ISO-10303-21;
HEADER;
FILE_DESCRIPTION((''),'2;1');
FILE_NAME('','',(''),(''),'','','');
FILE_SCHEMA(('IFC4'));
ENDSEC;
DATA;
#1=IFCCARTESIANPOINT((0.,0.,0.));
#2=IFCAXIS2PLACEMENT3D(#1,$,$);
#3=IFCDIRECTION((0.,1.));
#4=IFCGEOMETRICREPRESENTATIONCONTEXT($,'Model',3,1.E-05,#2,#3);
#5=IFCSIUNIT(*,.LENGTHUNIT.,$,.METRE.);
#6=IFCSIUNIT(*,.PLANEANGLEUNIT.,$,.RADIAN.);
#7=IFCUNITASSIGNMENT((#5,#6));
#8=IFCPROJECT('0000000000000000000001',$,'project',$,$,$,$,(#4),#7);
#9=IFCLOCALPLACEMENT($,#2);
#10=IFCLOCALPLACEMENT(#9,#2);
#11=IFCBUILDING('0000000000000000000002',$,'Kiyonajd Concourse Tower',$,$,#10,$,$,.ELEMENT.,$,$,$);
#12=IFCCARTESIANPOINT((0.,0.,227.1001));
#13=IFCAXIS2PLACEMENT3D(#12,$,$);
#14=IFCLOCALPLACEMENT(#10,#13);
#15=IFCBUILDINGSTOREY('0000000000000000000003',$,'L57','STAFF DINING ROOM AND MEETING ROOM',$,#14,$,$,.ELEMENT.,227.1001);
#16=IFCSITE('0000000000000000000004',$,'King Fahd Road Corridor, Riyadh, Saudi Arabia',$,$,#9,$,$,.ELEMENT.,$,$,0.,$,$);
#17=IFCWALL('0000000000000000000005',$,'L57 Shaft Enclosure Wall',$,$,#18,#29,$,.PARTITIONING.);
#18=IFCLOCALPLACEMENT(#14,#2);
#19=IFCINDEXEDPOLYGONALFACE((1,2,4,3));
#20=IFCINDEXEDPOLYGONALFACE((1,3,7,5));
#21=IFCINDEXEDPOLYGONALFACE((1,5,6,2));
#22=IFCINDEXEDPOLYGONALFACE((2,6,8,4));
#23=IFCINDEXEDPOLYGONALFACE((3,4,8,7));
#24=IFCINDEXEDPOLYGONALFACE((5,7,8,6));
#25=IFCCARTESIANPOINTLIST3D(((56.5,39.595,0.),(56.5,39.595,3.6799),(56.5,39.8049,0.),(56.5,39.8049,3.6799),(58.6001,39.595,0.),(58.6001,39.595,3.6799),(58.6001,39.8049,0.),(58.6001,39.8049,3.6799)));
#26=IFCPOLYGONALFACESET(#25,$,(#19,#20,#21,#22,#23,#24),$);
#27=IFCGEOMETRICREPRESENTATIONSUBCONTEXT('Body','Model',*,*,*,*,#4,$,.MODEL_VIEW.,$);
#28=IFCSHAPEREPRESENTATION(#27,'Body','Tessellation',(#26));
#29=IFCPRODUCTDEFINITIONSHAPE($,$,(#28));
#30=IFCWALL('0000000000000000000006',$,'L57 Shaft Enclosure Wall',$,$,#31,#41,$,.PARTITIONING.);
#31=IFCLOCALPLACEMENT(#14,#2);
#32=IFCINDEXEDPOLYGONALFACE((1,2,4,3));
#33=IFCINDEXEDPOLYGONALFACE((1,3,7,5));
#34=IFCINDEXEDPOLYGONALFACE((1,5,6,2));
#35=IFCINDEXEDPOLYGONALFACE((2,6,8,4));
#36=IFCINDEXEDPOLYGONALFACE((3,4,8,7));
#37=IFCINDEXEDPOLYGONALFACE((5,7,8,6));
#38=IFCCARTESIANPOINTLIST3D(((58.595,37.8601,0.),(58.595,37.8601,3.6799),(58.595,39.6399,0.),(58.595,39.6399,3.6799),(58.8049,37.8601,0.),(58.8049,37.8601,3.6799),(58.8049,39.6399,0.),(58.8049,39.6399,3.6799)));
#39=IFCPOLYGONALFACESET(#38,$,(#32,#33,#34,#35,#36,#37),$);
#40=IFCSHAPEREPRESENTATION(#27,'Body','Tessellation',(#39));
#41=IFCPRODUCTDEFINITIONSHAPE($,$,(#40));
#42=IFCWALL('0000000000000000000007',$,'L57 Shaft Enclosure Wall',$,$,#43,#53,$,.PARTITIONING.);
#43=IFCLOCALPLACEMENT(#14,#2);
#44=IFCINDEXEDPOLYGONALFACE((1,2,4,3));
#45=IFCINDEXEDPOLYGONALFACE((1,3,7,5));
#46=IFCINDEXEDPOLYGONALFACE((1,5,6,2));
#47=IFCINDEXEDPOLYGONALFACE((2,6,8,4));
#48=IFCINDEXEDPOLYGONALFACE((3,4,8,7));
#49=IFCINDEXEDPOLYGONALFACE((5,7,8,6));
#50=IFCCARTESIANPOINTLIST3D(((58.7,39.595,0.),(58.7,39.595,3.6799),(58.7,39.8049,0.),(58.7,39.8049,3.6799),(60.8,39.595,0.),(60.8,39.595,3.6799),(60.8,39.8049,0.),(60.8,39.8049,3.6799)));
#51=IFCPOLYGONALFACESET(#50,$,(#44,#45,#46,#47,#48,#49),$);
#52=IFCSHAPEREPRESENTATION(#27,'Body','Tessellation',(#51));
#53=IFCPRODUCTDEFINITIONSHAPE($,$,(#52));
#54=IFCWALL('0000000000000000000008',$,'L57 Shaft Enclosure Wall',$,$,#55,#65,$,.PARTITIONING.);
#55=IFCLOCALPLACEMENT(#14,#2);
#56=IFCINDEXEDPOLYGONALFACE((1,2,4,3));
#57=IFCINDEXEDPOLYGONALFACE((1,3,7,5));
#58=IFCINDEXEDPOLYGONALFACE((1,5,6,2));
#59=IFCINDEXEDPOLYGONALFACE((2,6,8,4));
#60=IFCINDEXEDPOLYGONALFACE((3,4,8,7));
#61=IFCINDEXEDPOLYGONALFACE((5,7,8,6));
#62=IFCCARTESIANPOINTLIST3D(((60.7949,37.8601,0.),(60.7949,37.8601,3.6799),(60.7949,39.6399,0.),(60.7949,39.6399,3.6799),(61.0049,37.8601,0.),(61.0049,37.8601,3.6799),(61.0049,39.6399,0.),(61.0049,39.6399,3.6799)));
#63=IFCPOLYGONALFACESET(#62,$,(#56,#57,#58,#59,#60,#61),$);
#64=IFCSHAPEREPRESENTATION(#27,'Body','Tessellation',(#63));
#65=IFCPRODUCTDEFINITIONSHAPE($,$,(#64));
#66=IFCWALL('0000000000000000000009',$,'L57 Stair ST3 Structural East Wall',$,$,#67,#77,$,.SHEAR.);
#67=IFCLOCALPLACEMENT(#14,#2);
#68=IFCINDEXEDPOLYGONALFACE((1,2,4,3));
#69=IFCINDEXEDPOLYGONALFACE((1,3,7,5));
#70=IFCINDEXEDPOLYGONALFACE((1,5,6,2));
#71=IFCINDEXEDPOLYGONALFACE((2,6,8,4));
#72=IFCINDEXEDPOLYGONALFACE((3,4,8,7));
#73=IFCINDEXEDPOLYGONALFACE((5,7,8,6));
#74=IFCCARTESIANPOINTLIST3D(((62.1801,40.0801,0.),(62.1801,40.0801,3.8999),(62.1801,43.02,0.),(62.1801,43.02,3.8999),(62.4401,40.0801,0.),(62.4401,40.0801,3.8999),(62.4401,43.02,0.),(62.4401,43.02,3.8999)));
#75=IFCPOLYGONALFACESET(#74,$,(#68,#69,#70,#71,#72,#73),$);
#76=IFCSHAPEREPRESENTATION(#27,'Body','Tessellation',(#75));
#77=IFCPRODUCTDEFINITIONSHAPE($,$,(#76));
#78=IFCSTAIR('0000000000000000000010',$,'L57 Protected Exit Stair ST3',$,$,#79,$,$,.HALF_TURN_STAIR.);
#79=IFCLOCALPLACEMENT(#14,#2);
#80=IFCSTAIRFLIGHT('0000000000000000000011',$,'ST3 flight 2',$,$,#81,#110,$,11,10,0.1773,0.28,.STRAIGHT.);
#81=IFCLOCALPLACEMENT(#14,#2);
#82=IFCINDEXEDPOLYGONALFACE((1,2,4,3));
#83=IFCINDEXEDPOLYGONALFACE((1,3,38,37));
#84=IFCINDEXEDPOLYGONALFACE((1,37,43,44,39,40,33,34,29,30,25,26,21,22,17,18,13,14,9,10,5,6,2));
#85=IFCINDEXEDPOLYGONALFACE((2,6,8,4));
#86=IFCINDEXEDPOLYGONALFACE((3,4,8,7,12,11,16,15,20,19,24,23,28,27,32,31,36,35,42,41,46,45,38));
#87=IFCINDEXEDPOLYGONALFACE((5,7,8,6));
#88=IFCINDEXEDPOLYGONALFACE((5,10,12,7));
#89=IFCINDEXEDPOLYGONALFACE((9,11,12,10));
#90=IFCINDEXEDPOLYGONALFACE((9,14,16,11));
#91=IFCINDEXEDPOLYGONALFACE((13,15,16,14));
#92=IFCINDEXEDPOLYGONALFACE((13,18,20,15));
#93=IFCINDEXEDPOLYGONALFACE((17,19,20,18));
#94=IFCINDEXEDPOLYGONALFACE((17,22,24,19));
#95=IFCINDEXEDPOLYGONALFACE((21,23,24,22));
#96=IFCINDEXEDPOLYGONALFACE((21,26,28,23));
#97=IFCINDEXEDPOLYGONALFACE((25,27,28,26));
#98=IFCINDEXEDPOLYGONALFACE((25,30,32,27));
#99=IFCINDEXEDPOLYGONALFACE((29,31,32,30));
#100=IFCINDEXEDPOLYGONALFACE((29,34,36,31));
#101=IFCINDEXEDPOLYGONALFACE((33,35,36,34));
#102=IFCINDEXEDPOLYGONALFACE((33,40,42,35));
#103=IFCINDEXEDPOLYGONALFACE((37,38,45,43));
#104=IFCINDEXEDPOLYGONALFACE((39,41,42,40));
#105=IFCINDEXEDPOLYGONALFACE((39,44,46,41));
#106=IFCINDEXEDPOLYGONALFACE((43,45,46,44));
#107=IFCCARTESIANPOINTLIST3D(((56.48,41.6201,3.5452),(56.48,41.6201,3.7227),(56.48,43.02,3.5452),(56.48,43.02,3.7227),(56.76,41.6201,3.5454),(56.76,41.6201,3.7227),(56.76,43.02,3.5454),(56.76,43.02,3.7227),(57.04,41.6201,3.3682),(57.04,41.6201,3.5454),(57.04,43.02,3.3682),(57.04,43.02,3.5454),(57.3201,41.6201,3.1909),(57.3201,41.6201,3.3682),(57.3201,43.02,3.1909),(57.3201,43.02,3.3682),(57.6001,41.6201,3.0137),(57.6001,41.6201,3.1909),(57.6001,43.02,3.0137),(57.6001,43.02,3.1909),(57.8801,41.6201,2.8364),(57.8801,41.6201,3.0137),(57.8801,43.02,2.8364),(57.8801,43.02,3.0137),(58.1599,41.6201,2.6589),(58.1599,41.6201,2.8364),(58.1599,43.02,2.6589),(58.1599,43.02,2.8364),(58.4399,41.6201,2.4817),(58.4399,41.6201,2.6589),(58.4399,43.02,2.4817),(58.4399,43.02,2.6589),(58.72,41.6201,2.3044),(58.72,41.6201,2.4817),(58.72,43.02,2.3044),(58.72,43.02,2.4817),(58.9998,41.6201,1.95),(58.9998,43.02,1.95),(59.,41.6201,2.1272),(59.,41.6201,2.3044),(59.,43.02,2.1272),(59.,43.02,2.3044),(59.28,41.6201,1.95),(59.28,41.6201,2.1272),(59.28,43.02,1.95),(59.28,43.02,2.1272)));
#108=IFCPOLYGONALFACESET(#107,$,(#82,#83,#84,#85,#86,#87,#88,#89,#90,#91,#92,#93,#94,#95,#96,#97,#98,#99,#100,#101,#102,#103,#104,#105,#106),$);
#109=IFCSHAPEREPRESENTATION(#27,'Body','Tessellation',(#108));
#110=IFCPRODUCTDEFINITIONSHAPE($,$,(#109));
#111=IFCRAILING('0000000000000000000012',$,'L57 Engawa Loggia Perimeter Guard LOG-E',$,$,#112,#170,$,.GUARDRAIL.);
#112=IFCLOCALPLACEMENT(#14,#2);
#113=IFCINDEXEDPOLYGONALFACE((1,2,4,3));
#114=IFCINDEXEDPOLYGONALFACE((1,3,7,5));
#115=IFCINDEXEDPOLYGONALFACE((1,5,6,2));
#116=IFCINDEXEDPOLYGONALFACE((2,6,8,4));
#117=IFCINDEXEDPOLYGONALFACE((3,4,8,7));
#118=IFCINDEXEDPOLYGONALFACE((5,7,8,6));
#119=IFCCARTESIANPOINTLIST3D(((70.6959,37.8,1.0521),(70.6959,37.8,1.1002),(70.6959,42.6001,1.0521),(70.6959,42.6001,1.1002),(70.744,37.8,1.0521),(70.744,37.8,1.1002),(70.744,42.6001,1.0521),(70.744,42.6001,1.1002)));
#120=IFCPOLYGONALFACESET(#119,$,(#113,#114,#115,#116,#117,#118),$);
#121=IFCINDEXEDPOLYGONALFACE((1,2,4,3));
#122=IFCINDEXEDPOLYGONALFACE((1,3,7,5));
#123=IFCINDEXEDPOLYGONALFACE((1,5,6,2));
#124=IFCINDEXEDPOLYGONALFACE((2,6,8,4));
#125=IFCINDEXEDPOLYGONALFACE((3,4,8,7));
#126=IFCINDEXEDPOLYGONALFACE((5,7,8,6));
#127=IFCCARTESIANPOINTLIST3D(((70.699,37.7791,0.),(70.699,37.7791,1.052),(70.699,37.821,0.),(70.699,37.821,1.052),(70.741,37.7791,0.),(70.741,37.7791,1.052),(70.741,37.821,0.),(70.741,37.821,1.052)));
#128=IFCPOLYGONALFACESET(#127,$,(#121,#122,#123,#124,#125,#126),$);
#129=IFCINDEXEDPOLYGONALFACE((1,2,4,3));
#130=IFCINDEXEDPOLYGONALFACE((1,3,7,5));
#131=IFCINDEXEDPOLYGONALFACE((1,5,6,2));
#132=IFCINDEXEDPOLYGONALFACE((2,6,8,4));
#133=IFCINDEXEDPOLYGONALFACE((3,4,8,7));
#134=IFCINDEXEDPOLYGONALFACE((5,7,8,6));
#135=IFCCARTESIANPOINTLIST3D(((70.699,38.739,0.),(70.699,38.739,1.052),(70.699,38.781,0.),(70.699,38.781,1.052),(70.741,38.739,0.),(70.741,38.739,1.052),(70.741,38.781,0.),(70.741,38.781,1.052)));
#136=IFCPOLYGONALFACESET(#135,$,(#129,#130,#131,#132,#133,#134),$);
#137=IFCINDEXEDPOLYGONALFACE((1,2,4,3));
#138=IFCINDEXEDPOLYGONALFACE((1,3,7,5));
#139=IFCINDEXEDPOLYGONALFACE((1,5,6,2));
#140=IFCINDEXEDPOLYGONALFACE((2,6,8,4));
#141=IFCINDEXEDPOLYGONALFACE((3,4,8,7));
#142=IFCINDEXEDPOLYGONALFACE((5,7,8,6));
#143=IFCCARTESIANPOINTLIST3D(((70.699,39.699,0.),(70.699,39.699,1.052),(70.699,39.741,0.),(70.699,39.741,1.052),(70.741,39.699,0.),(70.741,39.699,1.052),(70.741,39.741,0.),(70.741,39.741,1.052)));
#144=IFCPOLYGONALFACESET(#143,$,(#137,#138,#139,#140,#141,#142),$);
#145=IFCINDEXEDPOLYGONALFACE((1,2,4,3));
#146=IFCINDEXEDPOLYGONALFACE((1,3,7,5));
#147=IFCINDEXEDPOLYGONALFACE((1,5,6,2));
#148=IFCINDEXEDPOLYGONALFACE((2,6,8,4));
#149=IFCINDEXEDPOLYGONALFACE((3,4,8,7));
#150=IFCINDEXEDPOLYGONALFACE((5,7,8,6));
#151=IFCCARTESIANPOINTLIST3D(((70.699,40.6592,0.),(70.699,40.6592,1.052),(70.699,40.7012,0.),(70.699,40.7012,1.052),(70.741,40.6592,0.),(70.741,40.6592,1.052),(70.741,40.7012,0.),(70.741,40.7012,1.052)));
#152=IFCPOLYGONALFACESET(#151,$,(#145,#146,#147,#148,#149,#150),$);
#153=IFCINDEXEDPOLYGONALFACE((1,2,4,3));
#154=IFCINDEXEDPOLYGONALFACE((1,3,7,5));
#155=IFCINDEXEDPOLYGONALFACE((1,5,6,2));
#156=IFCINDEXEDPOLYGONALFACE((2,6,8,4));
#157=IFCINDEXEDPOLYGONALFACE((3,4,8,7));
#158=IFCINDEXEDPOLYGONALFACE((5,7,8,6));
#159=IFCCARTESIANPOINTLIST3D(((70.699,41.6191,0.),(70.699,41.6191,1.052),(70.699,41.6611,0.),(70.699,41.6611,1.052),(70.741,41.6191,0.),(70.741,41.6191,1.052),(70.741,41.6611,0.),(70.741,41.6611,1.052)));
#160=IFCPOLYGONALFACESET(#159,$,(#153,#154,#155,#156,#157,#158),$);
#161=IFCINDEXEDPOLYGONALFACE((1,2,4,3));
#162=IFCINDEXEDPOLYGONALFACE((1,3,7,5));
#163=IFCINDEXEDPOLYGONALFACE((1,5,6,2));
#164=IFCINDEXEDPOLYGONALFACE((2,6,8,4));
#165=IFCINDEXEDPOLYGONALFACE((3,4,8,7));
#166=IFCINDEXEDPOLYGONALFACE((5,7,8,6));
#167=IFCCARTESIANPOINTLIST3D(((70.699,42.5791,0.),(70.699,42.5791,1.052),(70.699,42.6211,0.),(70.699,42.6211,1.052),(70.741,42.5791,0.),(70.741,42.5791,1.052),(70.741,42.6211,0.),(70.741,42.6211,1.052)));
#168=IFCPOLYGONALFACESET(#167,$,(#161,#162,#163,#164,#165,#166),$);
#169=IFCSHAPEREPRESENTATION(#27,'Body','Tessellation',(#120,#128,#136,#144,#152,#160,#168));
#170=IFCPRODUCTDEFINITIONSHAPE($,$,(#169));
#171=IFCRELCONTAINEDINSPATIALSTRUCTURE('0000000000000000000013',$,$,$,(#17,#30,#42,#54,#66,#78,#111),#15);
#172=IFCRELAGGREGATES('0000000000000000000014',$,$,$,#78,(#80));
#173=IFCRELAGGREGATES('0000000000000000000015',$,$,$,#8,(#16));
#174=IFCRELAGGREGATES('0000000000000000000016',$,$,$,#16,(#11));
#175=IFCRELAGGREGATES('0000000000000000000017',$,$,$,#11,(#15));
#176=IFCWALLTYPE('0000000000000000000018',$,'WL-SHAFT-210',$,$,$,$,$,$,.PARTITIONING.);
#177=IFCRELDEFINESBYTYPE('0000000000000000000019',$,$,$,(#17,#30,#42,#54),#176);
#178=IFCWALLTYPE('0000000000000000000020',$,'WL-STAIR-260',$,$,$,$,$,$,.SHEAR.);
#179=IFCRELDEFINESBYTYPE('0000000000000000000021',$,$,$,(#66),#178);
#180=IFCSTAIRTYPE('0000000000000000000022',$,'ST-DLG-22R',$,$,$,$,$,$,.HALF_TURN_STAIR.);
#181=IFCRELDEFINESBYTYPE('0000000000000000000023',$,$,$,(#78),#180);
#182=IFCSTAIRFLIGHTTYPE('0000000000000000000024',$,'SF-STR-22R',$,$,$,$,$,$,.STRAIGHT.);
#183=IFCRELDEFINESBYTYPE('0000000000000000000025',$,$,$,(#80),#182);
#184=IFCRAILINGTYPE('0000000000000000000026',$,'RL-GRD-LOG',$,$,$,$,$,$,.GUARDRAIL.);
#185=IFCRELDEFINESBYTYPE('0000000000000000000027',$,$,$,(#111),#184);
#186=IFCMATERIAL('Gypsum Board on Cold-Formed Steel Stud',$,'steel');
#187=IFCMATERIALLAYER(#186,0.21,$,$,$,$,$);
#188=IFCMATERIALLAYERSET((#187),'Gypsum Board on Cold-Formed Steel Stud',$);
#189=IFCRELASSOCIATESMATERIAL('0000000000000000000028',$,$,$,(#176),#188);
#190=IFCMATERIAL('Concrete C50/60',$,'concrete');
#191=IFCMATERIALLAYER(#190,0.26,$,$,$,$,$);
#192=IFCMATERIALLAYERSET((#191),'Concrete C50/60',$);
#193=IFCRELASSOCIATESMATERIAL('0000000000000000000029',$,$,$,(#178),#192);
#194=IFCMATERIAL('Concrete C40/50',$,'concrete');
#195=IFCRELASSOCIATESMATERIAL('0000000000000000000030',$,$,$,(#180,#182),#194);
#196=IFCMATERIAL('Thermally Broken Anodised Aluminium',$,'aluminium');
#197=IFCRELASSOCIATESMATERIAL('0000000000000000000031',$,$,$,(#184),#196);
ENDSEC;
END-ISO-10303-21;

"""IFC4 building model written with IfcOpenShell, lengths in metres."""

from ifc_helpers import new_model, si_unit, direction, frame, frame_2d, origin, origin_2d, place, context, subcontext, project, spatial, polyline, rectangle, outline, extrude, material, layer, layer_set, type_object, element, aggregate, save


model = new_model("IFC4")

# Units and contexts
model_context = context("Model", 3, precision=1e-05, world=origin(), true_north=direction((0.0, 1.0)))
body_context = subcontext(model_context, "Body", "Model", "MODEL_VIEW")
ifc_project = project(units=[si_unit("LENGTHUNIT", "METRE"), si_unit("PLANEANGLEUNIT", "RADIAN")], contexts=[model_context])

# Site, building, storey
site_placement = place(None, origin())
site = spatial("IfcSite", under=ifc_project, at=site_placement, Name="King Fahd Road Corridor, Riyadh, Saudi Arabia", CompositionType="ELEMENT", RefElevation=0.0)
building_placement = place(site_placement, origin())
building = spatial("IfcBuilding", under=site, at=building_placement, Name="Kiyonajd Concourse Tower", CompositionType="ELEMENT")
storey_placement = place(building_placement, frame((0.0, 0.0, 227.1001)))
storey = spatial("IfcBuildingStorey", under=building, at=storey_placement, Name="L57", Description="STAFF DINING ROOM AND MEETING ROOM", CompositionType="ELEMENT", Elevation=227.1001)

# Shared definitions
ifc_material_1 = material(Name="Thermally Broken Anodised Aluminium", Category="aluminium")

# Walls
ifc_material_2 = material(Name="Gypsum Board on Cold-Formed Steel Stud", Category="steel")
ifc_layer_1 = layer(ifc_material_2, 0.21)
ifc_layer_set_1 = layer_set([ifc_layer_1], Name="Gypsum Board on Cold-Formed Steel Stud")
wall_type_1 = type_object("IfcWallType", Name="WL-SHAFT-210", PredefinedType="PARTITIONING", material=ifc_layer_set_1)
wall_1_placement = place(storey_placement, frame((56.5, 39.7, 0.0), z_axis=(0.0, 0.0, 1.0), x_axis=(1.0, 0.0, 0.0)))
element("IfcWall", 1, at=wall_1_placement, inside=storey, type_object=wall_type_1, Name="L57 Shaft Enclosure Wall", PredefinedType="PARTITIONING", context=body_context, shape_type="SweptSolid", body=[
    extrude(rectangle(XDim=2.1001, YDim=0.21, at=frame_2d((1.05, 0.0))), origin(), (0.0, 0.0, 1.0), 3.6799),
])
wall_2_placement = place(storey_placement, frame((58.7, 37.8601, 0.0), z_axis=(0.0, 0.0, 1.0), x_axis=(0.0, 1.0, 0.0)))
element("IfcWall", 2, at=wall_2_placement, inside=storey, type_object=wall_type_1, Name="L57 Shaft Enclosure Wall", PredefinedType="PARTITIONING", context=body_context, shape_type="SweptSolid", body=[
    extrude(rectangle(XDim=1.7798, YDim=0.21, at=frame_2d((0.8899, 0.0))), origin(), (0.0, 0.0, 1.0), 3.6799),
])
wall_3_placement = place(storey_placement, frame((58.7, 39.7, 0.0), z_axis=(0.0, 0.0, 1.0), x_axis=(1.0, 0.0, 0.0)))
element("IfcWall", 3, at=wall_3_placement, inside=storey, type_object=wall_type_1, Name="L57 Shaft Enclosure Wall", PredefinedType="PARTITIONING", context=body_context, shape_type="SweptSolid", body=[
    extrude(rectangle(XDim=2.1001, YDim=0.21, at=frame_2d((1.05, 0.0))), origin(), (0.0, 0.0, 1.0), 3.6799),
])
wall_4_placement = place(storey_placement, frame((60.8999, 37.8601, 0.0), z_axis=(0.0, 0.0, 1.0), x_axis=(0.0, 1.0, 0.0)))
element("IfcWall", 4, at=wall_4_placement, inside=storey, type_object=wall_type_1, Name="L57 Shaft Enclosure Wall", PredefinedType="PARTITIONING", context=body_context, shape_type="SweptSolid", body=[
    extrude(rectangle(XDim=1.7798, YDim=0.21, at=frame_2d((0.8899, 0.0))), origin(), (0.0, 0.0, 1.0), 3.6799),
])
ifc_material_3 = material(Name="Concrete C50/60", Category="concrete")
ifc_layer_2 = layer(ifc_material_3, 0.26)
ifc_layer_set_2 = layer_set([ifc_layer_2], Name="Concrete C50/60")
wall_type_2 = type_object("IfcWallType", Name="WL-STAIR-260", PredefinedType="SHEAR", material=ifc_layer_set_2)
wall_5_placement = place(storey_placement, frame((62.3101, 40.0801, 0.0), z_axis=(0.0, 0.0, 1.0), x_axis=(0.0, 1.0, 0.0)))
element("IfcWall", 5, at=wall_5_placement, inside=storey, type_object=wall_type_2, Name="L57 Stair ST3 Structural East Wall", PredefinedType="SHEAR", context=body_context, shape_type="SweptSolid", body=[
    extrude(rectangle(XDim=2.9399, YDim=0.26, at=frame_2d((1.47, 0.0))), origin(), (0.0, 0.0, 1.0), 3.8999),
])

# Stair, stair flight
ifc_material_4 = material(Name="Concrete C40/50", Category="concrete")
stair_type = type_object("IfcStairType", Name="ST-DLG-22R", PredefinedType="HALF_TURN_STAIR", material=ifc_material_4)
stair_placement = place(storey_placement, origin())
stair = element("IfcStair", 6, at=stair_placement, inside=storey, type_object=stair_type, Name="L57 Protected Exit Stair ST3", PredefinedType="HALF_TURN_STAIR")
stair_flight_type = type_object("IfcStairFlightType", Name="SF-STR-22R", PredefinedType="STRAIGHT", material=ifc_material_4)
stair_flight_placement = place(storey_placement, frame((59.28, 42.3201, 1.95), z_axis=(0.0, 0.0, 1.0), x_axis=(-1.0, 0.0, 0.0)))
stair_flight = element("IfcStairFlight", 7, at=stair_flight_placement, type_object=stair_flight_type, Name="ST3 flight 2", NumberOfRisers=11, NumberOfTreads=10, PredefinedType="STRAIGHT", RiserHeight=0.1773, TreadLength=0.28, context=body_context, shape_type="SweptSolid", body=[
    extrude(outline(polyline([(0.0, 0.0), (0.0, 0.1772), (0.28, 0.1772), (0.28, 0.3545), (0.5601, 0.3545), (0.5601, 0.5317), (0.8401, 0.5317), (0.8401, 0.709), (1.1201, 0.709), (1.1201, 0.8865), (1.3999, 0.8865), (1.3999, 1.0637), (1.6799, 1.0637), (1.6799, 1.241), (1.96, 1.241), (1.96, 1.4182), (2.24, 1.4182), (2.24, 1.5955), (2.52, 1.5955), (2.52, 1.7727), (2.8, 1.7727), (2.8, 1.95), (2.8, 1.5952), (0.2803, 0.0), (0.0, 0.0)])), frame((0.0, 0.7, 0.0), z_axis=(0.0, -1.0, 0.0), x_axis=(1.0, 0.0, 0.0)), (0.0, 0.0, 1.0), 1.3999),
])
aggregate(stair, [stair_flight])

# Railing
railing_type_1 = type_object("IfcRailingType", Name="RL-GRD-LOG", PredefinedType="GUARDRAIL", material=ifc_material_1)
railing_1_placement = place(storey_placement, frame((70.72, 37.8, 0.0)))
element("IfcRailing", 8, at=railing_1_placement, inside=storey, type_object=railing_type_1, Name="L57 Engawa Loggia Perimeter Guard LOG-E", PredefinedType="GUARDRAIL", context=body_context, shape_type="SweptSolid", body=[
    extrude(rectangle(XDim=0.0481, YDim=0.0481, at=origin_2d()), frame((0.0, 0.0, 1.0762), z_axis=(0.0, 1.0, 0.0), x_axis=(-1.0, 0.0, 0.0)), (0.0, 0.0, 1.0), 4.8),
    extrude(rectangle(XDim=0.042, YDim=0.042, at=origin_2d()), origin(), (0.0, 0.0, 1.0), 1.052),
    extrude(rectangle(XDim=0.042, YDim=0.042, at=origin_2d()), frame((0.0, 0.96, 0.0)), (0.0, 0.0, 1.0), 1.052),
    extrude(rectangle(XDim=0.042, YDim=0.042, at=origin_2d()), frame((0.0, 1.9199, 0.0)), (0.0, 0.0, 1.0), 1.052),
    extrude(rectangle(XDim=0.042, YDim=0.042, at=origin_2d()), frame((0.0, 2.8801, 0.0)), (0.0, 0.0, 1.0), 1.052),
    extrude(rectangle(XDim=0.042, YDim=0.042, at=origin_2d()), frame((0.0, 3.8401, 0.0)), (0.0, 0.0, 1.0), 1.052),
    extrude(rectangle(XDim=0.042, YDim=0.042, at=origin_2d()), frame((0.0, 4.8, 0.0)), (0.0, 0.0, 1.0), 1.052),
])

save(model, "model.ifc")
